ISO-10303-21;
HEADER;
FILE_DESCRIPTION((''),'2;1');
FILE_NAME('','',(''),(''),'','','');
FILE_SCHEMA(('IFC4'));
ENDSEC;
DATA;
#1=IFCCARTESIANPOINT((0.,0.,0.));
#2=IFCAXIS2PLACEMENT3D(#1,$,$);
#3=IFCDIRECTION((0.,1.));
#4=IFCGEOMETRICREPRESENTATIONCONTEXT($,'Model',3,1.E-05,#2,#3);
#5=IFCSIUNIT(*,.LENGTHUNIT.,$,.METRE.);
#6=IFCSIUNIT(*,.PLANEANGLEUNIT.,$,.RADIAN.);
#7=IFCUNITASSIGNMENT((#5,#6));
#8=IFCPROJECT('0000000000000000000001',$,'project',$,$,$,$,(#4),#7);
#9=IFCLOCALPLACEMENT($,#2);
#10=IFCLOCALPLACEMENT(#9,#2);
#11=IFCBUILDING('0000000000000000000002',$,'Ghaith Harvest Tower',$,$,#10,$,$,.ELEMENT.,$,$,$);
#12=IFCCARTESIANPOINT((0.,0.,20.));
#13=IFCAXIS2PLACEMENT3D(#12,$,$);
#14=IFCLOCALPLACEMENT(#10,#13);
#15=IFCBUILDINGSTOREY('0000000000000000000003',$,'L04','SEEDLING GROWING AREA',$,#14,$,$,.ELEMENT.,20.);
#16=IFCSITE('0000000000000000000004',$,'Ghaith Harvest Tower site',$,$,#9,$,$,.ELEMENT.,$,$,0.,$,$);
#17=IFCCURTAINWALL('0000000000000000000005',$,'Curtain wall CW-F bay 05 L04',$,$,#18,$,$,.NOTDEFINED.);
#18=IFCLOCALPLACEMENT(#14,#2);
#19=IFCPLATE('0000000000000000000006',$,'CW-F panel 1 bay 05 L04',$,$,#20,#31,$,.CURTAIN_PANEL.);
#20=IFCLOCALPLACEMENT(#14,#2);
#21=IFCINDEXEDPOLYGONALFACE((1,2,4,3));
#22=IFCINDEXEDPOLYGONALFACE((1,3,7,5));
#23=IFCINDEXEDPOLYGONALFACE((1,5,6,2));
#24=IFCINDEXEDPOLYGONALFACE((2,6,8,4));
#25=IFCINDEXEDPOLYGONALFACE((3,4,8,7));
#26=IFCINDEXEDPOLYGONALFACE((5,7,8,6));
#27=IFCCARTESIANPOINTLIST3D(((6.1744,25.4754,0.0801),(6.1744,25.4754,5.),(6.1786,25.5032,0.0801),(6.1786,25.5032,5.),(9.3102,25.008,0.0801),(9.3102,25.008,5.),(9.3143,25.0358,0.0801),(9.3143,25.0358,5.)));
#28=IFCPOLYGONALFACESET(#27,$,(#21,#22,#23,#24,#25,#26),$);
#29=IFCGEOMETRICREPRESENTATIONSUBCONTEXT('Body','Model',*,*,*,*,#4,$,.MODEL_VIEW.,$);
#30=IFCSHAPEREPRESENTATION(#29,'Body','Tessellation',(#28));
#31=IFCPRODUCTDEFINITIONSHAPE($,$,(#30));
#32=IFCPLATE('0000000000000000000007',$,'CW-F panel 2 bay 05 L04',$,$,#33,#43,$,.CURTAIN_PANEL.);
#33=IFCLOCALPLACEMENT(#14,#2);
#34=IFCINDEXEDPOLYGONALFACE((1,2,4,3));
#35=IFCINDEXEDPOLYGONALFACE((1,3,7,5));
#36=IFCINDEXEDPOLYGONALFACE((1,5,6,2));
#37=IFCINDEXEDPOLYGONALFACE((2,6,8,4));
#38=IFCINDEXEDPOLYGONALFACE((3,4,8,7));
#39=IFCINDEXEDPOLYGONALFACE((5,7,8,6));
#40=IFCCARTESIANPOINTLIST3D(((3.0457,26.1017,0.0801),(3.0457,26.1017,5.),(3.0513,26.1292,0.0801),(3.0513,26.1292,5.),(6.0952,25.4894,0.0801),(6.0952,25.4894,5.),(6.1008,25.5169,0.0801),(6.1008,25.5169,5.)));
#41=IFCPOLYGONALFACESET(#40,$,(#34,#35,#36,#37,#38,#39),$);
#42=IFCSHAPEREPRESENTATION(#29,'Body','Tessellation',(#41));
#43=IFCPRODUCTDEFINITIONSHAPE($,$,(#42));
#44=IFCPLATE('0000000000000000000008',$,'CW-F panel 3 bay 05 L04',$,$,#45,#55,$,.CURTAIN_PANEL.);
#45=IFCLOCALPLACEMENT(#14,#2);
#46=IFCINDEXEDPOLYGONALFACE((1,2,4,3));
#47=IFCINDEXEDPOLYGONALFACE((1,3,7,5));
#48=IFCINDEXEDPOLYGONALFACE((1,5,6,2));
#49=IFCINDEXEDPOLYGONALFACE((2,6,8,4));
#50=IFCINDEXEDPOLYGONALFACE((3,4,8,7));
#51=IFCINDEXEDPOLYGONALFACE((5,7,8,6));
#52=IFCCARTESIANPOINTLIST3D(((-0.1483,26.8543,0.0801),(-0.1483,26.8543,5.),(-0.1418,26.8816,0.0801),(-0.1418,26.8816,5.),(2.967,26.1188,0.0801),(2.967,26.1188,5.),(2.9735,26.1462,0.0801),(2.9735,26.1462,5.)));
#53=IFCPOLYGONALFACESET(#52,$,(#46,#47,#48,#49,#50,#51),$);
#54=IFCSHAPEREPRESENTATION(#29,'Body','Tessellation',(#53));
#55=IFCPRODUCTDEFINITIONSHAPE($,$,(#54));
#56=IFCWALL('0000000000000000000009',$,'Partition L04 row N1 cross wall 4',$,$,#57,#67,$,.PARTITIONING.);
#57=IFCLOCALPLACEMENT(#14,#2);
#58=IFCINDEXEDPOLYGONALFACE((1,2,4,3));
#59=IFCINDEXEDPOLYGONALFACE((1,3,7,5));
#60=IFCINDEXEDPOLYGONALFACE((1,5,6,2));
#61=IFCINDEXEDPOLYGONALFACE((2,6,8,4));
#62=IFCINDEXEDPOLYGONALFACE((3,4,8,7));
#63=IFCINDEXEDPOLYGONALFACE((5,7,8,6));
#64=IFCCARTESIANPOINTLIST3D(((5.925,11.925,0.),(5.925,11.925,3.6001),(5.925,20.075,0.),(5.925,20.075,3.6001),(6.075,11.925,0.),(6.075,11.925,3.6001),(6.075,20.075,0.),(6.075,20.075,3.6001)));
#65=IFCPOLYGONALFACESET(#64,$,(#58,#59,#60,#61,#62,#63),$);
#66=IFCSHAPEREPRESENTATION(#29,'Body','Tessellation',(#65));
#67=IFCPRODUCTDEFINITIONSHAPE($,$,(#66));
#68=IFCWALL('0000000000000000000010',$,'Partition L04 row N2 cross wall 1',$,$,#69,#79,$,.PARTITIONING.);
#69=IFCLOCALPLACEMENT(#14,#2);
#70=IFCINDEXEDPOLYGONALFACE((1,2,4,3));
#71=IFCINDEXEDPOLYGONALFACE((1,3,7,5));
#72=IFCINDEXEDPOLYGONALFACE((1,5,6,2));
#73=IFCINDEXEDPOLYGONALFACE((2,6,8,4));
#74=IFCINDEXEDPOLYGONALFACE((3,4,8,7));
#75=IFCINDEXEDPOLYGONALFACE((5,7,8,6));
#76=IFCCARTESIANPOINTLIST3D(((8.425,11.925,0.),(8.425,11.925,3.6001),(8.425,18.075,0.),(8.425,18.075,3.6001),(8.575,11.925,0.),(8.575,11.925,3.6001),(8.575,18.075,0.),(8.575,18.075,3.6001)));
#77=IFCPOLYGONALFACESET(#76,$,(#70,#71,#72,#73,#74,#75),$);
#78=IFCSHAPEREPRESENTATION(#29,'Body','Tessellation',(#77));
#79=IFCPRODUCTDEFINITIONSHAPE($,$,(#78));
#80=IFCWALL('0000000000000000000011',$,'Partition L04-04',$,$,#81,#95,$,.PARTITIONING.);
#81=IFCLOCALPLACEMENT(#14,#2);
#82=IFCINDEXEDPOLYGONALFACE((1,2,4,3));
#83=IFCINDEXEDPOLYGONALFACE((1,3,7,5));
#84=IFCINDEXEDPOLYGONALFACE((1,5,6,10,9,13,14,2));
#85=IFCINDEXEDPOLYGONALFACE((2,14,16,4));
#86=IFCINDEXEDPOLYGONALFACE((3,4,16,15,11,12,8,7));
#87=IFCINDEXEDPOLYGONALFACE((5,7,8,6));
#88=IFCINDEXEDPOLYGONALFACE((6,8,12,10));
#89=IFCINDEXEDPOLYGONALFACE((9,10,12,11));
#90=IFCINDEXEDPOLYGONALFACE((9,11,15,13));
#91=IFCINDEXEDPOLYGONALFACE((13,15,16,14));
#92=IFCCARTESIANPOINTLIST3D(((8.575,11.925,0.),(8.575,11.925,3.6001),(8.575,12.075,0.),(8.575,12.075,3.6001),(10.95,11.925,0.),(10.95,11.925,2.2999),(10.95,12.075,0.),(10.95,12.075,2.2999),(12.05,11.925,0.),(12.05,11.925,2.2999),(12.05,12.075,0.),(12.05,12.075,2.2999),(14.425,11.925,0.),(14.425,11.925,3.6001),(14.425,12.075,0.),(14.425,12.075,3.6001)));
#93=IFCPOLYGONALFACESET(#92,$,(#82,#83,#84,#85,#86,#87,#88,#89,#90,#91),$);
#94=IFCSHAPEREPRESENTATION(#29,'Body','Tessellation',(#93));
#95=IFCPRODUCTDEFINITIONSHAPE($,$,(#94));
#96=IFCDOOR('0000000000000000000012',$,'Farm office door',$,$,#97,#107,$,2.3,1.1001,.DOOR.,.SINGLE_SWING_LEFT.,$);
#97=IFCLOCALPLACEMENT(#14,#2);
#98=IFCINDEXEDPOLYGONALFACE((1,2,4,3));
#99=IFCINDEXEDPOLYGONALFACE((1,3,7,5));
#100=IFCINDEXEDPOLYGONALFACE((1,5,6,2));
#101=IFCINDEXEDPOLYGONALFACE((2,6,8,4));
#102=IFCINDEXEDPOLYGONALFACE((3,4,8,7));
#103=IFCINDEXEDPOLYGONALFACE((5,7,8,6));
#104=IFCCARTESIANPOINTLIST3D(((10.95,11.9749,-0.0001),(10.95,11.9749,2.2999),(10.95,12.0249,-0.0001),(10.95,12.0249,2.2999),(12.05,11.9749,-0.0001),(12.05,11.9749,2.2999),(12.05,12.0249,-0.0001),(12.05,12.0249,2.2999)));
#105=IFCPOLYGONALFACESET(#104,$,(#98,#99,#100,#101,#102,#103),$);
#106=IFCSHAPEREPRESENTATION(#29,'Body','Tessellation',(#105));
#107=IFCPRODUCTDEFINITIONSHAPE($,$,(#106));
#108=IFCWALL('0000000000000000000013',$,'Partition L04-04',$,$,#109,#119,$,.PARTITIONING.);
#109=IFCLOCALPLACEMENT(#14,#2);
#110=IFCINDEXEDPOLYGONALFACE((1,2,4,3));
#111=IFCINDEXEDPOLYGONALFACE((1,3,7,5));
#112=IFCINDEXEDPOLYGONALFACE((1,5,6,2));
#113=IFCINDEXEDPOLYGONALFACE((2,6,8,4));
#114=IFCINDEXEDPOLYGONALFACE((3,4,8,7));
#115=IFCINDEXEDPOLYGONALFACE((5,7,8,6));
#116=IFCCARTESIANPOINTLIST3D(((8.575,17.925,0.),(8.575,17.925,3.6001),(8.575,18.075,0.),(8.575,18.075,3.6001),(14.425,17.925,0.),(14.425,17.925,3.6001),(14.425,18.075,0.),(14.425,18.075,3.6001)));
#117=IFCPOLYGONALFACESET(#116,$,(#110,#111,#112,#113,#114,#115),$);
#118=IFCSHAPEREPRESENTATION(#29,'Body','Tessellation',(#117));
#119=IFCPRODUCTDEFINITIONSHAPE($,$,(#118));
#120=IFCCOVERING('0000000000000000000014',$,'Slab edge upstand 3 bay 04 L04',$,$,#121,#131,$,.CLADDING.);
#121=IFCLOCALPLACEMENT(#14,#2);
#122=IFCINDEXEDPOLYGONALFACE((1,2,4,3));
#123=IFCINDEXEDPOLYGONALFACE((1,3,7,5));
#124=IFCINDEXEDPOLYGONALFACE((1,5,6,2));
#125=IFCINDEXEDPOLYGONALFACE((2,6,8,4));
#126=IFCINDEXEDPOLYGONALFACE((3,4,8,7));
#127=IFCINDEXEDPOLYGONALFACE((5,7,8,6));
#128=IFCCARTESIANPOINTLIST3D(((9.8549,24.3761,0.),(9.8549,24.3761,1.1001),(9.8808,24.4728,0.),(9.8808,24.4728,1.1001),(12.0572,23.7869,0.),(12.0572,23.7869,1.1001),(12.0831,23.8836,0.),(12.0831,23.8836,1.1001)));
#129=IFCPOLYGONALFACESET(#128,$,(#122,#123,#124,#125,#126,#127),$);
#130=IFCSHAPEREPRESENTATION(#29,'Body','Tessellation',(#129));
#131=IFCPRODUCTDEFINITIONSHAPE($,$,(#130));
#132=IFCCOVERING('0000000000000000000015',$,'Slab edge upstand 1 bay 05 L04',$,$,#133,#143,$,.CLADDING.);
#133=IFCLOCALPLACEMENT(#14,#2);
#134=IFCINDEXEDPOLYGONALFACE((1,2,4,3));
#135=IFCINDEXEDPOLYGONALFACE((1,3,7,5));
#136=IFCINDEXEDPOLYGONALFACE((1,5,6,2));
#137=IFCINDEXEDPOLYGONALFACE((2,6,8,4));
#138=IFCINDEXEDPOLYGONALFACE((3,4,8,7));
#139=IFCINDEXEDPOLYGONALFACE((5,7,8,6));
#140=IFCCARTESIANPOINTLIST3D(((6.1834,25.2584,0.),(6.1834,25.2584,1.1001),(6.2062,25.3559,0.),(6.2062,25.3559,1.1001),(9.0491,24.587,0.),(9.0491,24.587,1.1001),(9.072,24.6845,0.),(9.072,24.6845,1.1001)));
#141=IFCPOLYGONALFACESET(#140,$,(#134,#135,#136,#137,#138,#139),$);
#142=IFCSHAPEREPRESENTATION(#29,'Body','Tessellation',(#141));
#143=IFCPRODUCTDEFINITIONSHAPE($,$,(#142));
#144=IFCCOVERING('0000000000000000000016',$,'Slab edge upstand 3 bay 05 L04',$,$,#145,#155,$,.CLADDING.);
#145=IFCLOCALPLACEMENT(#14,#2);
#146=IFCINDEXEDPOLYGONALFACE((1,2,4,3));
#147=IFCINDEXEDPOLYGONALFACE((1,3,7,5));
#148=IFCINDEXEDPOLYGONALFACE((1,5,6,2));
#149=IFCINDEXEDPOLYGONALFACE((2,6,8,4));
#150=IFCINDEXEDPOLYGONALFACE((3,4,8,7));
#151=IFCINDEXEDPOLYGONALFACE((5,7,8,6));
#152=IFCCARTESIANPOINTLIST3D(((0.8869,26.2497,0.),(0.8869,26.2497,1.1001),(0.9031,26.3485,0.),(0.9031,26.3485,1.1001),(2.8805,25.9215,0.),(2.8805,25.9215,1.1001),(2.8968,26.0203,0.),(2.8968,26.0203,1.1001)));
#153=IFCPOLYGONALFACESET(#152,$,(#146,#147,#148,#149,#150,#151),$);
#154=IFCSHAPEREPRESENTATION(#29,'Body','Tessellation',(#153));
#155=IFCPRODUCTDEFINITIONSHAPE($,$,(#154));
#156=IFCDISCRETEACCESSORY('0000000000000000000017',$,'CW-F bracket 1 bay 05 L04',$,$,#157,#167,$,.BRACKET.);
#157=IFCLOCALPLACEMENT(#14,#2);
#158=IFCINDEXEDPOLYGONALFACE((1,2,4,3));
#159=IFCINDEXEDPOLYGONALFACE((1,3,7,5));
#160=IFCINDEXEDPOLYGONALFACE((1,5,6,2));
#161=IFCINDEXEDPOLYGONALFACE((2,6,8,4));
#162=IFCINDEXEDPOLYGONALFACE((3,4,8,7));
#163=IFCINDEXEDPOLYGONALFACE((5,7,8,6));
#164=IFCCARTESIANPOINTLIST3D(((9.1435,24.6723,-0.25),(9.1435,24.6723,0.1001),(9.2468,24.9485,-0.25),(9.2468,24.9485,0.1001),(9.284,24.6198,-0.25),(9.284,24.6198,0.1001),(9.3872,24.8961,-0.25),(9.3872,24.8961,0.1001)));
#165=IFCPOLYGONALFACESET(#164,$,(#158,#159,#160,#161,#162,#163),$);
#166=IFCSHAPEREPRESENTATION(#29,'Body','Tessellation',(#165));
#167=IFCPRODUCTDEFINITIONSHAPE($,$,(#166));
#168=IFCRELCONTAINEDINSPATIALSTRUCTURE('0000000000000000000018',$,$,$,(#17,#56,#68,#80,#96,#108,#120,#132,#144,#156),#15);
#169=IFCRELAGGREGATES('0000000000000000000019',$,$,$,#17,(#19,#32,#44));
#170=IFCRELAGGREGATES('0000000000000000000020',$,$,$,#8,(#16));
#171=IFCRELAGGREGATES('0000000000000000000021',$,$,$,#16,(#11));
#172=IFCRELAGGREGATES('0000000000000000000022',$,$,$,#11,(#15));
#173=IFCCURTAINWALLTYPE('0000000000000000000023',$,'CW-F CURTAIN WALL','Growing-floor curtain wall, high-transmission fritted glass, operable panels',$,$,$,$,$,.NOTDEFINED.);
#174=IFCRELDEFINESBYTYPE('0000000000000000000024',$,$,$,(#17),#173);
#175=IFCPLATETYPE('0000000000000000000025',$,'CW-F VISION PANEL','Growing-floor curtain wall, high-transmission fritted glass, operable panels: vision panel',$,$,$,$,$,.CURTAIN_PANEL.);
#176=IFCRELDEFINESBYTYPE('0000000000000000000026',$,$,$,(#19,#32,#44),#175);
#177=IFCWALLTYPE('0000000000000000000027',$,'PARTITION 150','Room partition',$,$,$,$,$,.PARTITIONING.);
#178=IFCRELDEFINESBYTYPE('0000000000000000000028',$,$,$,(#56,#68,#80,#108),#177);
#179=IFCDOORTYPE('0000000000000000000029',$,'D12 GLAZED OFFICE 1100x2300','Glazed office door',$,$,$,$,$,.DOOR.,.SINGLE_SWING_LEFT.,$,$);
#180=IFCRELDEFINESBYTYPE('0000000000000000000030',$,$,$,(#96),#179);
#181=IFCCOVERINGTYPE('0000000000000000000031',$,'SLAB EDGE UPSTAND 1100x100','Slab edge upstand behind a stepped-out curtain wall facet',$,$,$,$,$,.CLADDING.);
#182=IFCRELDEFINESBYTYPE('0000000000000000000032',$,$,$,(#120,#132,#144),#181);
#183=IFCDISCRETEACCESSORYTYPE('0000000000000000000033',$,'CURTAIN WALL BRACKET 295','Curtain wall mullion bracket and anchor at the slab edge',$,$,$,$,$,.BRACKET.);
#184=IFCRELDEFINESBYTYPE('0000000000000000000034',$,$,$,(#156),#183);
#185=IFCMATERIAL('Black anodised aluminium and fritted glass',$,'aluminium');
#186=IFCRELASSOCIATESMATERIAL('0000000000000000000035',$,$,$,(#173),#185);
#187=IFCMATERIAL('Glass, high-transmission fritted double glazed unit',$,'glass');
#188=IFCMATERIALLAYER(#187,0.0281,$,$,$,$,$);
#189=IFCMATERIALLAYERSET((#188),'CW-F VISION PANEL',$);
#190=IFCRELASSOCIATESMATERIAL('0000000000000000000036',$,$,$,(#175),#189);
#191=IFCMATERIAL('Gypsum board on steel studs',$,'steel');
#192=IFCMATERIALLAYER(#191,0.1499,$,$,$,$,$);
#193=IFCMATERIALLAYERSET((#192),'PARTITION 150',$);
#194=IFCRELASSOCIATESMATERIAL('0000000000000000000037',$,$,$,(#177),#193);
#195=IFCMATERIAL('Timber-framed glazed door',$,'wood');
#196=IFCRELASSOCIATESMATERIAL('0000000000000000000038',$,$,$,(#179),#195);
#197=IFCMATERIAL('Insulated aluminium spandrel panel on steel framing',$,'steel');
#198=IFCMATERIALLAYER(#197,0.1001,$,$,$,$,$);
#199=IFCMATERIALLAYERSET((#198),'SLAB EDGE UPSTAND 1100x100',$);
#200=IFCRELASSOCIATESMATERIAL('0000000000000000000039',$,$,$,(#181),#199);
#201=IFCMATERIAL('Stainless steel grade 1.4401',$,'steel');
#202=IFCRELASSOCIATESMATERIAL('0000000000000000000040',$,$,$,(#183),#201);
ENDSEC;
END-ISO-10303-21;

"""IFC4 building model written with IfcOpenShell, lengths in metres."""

from ifc_helpers import new_model, si_unit, direction, frame, frame_2d, origin, origin_2d, place, context, subcontext, project, spatial, rectangle, extrude, material, layer, layer_set, type_object, element, fill, aggregate, save


model = new_model("IFC4")

# Units and contexts
model_context = context("Model", 3, precision=1e-05, world=origin(), true_north=direction((0.0, 1.0)))
body_context = subcontext(model_context, "Body", "Model", "MODEL_VIEW")
ifc_project = project(units=[si_unit("LENGTHUNIT", "METRE"), si_unit("PLANEANGLEUNIT", "RADIAN")], contexts=[model_context])

# Site, building, storey
site_placement = place(None, origin())
site = spatial("IfcSite", under=ifc_project, at=site_placement, Name="Ghaith Harvest Tower site", CompositionType="ELEMENT", RefElevation=0.0)
building_placement = place(site_placement, origin())
building = spatial("IfcBuilding", under=site, at=building_placement, Name="Ghaith Harvest Tower", CompositionType="ELEMENT")
storey_placement = place(building_placement, frame((0.0, 0.0, 20.0)))
storey = spatial("IfcBuildingStorey", under=building, at=storey_placement, Name="L04", Description="SEEDLING GROWING AREA", CompositionType="ELEMENT", Elevation=20.0)

# Shared definitions
ifc_material_1 = material(Name="Black anodised aluminium and fritted glass", Category="aluminium")
curtain_wall_type = type_object("IfcCurtainWallType", Name="CW-F CURTAIN WALL", Description="Growing-floor curtain wall, high-transmission fritted glass, operable panels", PredefinedType="NOTDEFINED", material=ifc_material_1)

# Curtain wall
curtain_wall_1_placement = place(storey_placement, origin())
curtain_wall_1 = element("IfcCurtainWall", 1, at=curtain_wall_1_placement, inside=storey, type_object=curtain_wall_type, Name="Curtain wall CW-F bay 05 L04", PredefinedType="NOTDEFINED")

# Plates
ifc_material_2 = material(Name="Glass, high-transmission fritted double glazed unit", Category="glass")
ifc_layer_1 = layer(ifc_material_2, 0.0281)
ifc_layer_set_1 = layer_set([ifc_layer_1], Name="CW-F VISION PANEL")
plate_type = type_object("IfcPlateType", Name="CW-F VISION PANEL", Description="Growing-floor curtain wall, high-transmission fritted glass, operable panels: vision panel", PredefinedType="CURTAIN_PANEL", material=ifc_layer_set_1)
plate_1_placement = place(storey_placement, frame((7.7444, 25.2556, 0.0801), z_axis=(0.0, 0.0, 1.0), x_axis=(-0.989074, 0.147418, 0.0)))
plate_1 = element("IfcPlate", 2, at=plate_1_placement, type_object=plate_type, Name="CW-F panel 1 bay 05 L04", PredefinedType="CURTAIN_PANEL", context=body_context, shape_type="SweptSolid", body=[
    extrude(rectangle(XDim=3.1704, YDim=0.0281, at=origin_2d()), origin(), (0.0, 0.0, 1.0), 4.9199),
])
plate_2_placement = place(storey_placement, frame((4.5732, 25.8093, 0.0801), z_axis=(0.0, 0.0, 1.0), x_axis=(-0.980432, 0.196856, 0.0)))
plate_2 = element("IfcPlate", 3, at=plate_2_placement, type_object=plate_type, Name="CW-F panel 2 bay 05 L04", PredefinedType="CURTAIN_PANEL", context=body_context, shape_type="SweptSolid", body=[
    extrude(rectangle(XDim=3.1104, YDim=0.0281, at=origin_2d()), origin(), (0.0, 0.0, 1.0), 4.9199),
])
plate_3_placement = place(storey_placement, frame((1.4126, 26.5002, 0.0801), z_axis=(0.0, 0.0, 1.0), x_axis=(-0.973246, 0.229766, 0.0)))
plate_3 = element("IfcPlate", 4, at=plate_3_placement, type_object=plate_type, Name="CW-F panel 3 bay 05 L04", PredefinedType="CURTAIN_PANEL", context=body_context, shape_type="SweptSolid", body=[
    extrude(rectangle(XDim=3.2009, YDim=0.0281, at=origin_2d()), origin(), (0.0, 0.0, 1.0), 4.9199),
])
aggregate(curtain_wall_1, [plate_1, plate_2, plate_3])

# Walls
ifc_material_3 = material(Name="Gypsum board on steel studs", Category="steel")
ifc_layer_2 = layer(ifc_material_3, 0.1499)
ifc_layer_set_2 = layer_set([ifc_layer_2], Name="PARTITION 150")
wall_type = type_object("IfcWallType", Name="PARTITION 150", Description="Room partition", PredefinedType="PARTITIONING", material=ifc_layer_set_2)
wall_1_placement = place(storey_placement, frame((6.0, 11.925, 0.0), z_axis=(0.0, 0.0, 1.0), x_axis=(0.0, 1.0, 0.0)))
element("IfcWall", 5, at=wall_1_placement, inside=storey, type_object=wall_type, Name="Partition L04 row N1 cross wall 4", PredefinedType="PARTITIONING", context=body_context, shape_type="SweptSolid", body=[
    extrude(rectangle(XDim=8.1499, YDim=0.1499, at=frame_2d((4.075, 0.0))), origin(), (0.0, 0.0, 1.0), 3.6001),
])
wall_2_placement = place(storey_placement, frame((8.5, 11.925, 0.0), z_axis=(0.0, 0.0, 1.0), x_axis=(0.0, 1.0, 0.0)))
element("IfcWall", 6, at=wall_2_placement, inside=storey, type_object=wall_type, Name="Partition L04 row N2 cross wall 1", PredefinedType="PARTITIONING", context=body_context, shape_type="SweptSolid", body=[
    extrude(rectangle(XDim=6.1499, YDim=0.1499, at=frame_2d((3.075, 0.0))), origin(), (0.0, 0.0, 1.0), 3.6001),
])

# Wall, opening, door
wall_3_placement = place(storey_placement, frame((8.575, 12.0, 0.0), z_axis=(0.0, 0.0, 1.0), x_axis=(1.0, 0.0, 0.0)))
wall_3 = element("IfcWall", 7, at=wall_3_placement, inside=storey, type_object=wall_type, Name="Partition L04-04", PredefinedType="PARTITIONING", context=body_context, shape_type="SweptSolid", body=[
    extrude(rectangle(XDim=5.8501, YDim=0.1499, at=frame_2d((2.925, 0.0))), origin(), (0.0, 0.0, 1.0), 3.6001),
])
opening_placement = place(wall_3_placement, frame((2.375, 0.0, 0.0)))
opening = element("IfcOpeningElement", 8, at=opening_placement, cuts=wall_3, PredefinedType="OPENING", context=body_context, shape_type="SweptSolid", body=[
    extrude(rectangle(XDim=1.1001, YDim=2.3, at=frame_2d((0.55, 1.1499))), frame((0.0, 0.085, 0.0), z_axis=(0.0, -1.0, 0.0), x_axis=(1.0, 0.0, 0.0)), (0.0, 0.0, 1.0), 0.1699),
])
ifc_material_4 = material(Name="Timber-framed glazed door", Category="wood")
door_type = type_object("IfcDoorType", Name="D12 GLAZED OFFICE 1100x2300", Description="Glazed office door", OperationType="SINGLE_SWING_LEFT", PredefinedType="DOOR", material=ifc_material_4)
door_placement = place(opening_placement, origin())
door = element("IfcDoor", 9, at=door_placement, inside=storey, type_object=door_type, Name="Farm office door", OperationType="SINGLE_SWING_LEFT", OverallHeight=2.3, OverallWidth=1.1001, PredefinedType="DOOR", context=body_context, shape_type="SweptSolid", body=[
    extrude(rectangle(XDim=1.1001, YDim=2.3, at=frame_2d((0.55, 1.1499))), frame((0.0, 0.0249, 0.0), z_axis=(0.0, -1.0, 0.0), x_axis=(1.0, 0.0, 0.0)), (0.0, 0.0, 1.0), 0.05),
])
fill(opening, door)

# Wall
wall_4_placement = place(storey_placement, frame((8.575, 18.0, 0.0), z_axis=(0.0, 0.0, 1.0), x_axis=(1.0, 0.0, 0.0)))
element("IfcWall", 10, at=wall_4_placement, inside=storey, type_object=wall_type, Name="Partition L04-04", PredefinedType="PARTITIONING", context=body_context, shape_type="SweptSolid", body=[
    extrude(rectangle(XDim=5.8501, YDim=0.1499, at=frame_2d((2.925, 0.0))), origin(), (0.0, 0.0, 1.0), 3.6001),
])

# Coverings
ifc_material_5 = material(Name="Insulated aluminium spandrel panel on steel framing", Category="steel")
ifc_layer_3 = layer(ifc_material_5, 0.1001)
ifc_layer_set_3 = layer_set([ifc_layer_3], Name="SLAB EDGE UPSTAND 1100x100")
covering_type = type_object("IfcCoveringType", Name="SLAB EDGE UPSTAND 1100x100", Description="Slab edge upstand behind a stepped-out curtain wall facet", PredefinedType="CLADDING", material=ifc_layer_set_3)
covering_1_placement = place(storey_placement, frame((10.969, 24.1299, 0.0), z_axis=(0.0, 0.0, 1.0), x_axis=(-0.966024, 0.258451, 0.0)))
element("IfcCovering", 11, at=covering_1_placement, inside=storey, type_object=covering_type, Name="Slab edge upstand 3 bay 04 L04", PredefinedType="CLADDING", context=body_context, shape_type="SweptSolid", body=[
    extrude(rectangle(XDim=2.2798, YDim=0.1001, at=origin_2d()), origin(), (0.0, 0.0, 1.0), 1.1001),
])
covering_2_placement = place(storey_placement, frame((7.6277, 24.9714, 0.0), z_axis=(0.0, 0.0, 1.0), x_axis=(-0.973634, 0.228115, 0.0)))
element("IfcCovering", 12, at=covering_2_placement, inside=storey, type_object=covering_type, Name="Slab edge upstand 1 bay 05 L04", PredefinedType="CLADDING", context=body_context, shape_type="SweptSolid", body=[
    extrude(rectangle(XDim=2.9434, YDim=0.1001, at=origin_2d()), origin(), (0.0, 0.0, 1.0), 1.1001),
])
covering_3_placement = place(storey_placement, frame((1.8918, 26.135, 0.0), z_axis=(0.0, 0.0, 1.0), x_axis=(-0.986716, 0.162453, 0.0)))
element("IfcCovering", 13, at=covering_3_placement, inside=storey, type_object=covering_type, Name="Slab edge upstand 3 bay 05 L04", PredefinedType="CLADDING", context=body_context, shape_type="SweptSolid", body=[
    extrude(rectangle(XDim=2.0205, YDim=0.1001, at=origin_2d()), origin(), (0.0, 0.0, 1.0), 1.1001),
])

# Discrete accessory
ifc_material_6 = material(Name="Stainless steel grade 1.4401", Category="steel")
discrete_accessory_type = type_object("IfcDiscreteAccessoryType", Name="CURTAIN WALL BRACKET 295", Description="Curtain wall mullion bracket and anchor at the slab edge", PredefinedType="BRACKET", material=ifc_material_6)
discrete_accessory_placement = place(storey_placement, frame((9.2654, 24.7842, -0.25), z_axis=(0.0, 0.0, 1.0), x_axis=(0.350168, 0.936687, 0.0)))
element("IfcDiscreteAccessory", 14, at=discrete_accessory_placement, inside=storey, type_object=discrete_accessory_type, Name="CW-F bracket 1 bay 05 L04", PredefinedType="BRACKET", context=body_context, shape_type="SweptSolid", body=[
    extrude(rectangle(XDim=0.2949, YDim=0.1499, at=origin_2d()), origin(), (0.0, 0.0, 1.0), 0.3501),
])

save(model, "model.ifc")
